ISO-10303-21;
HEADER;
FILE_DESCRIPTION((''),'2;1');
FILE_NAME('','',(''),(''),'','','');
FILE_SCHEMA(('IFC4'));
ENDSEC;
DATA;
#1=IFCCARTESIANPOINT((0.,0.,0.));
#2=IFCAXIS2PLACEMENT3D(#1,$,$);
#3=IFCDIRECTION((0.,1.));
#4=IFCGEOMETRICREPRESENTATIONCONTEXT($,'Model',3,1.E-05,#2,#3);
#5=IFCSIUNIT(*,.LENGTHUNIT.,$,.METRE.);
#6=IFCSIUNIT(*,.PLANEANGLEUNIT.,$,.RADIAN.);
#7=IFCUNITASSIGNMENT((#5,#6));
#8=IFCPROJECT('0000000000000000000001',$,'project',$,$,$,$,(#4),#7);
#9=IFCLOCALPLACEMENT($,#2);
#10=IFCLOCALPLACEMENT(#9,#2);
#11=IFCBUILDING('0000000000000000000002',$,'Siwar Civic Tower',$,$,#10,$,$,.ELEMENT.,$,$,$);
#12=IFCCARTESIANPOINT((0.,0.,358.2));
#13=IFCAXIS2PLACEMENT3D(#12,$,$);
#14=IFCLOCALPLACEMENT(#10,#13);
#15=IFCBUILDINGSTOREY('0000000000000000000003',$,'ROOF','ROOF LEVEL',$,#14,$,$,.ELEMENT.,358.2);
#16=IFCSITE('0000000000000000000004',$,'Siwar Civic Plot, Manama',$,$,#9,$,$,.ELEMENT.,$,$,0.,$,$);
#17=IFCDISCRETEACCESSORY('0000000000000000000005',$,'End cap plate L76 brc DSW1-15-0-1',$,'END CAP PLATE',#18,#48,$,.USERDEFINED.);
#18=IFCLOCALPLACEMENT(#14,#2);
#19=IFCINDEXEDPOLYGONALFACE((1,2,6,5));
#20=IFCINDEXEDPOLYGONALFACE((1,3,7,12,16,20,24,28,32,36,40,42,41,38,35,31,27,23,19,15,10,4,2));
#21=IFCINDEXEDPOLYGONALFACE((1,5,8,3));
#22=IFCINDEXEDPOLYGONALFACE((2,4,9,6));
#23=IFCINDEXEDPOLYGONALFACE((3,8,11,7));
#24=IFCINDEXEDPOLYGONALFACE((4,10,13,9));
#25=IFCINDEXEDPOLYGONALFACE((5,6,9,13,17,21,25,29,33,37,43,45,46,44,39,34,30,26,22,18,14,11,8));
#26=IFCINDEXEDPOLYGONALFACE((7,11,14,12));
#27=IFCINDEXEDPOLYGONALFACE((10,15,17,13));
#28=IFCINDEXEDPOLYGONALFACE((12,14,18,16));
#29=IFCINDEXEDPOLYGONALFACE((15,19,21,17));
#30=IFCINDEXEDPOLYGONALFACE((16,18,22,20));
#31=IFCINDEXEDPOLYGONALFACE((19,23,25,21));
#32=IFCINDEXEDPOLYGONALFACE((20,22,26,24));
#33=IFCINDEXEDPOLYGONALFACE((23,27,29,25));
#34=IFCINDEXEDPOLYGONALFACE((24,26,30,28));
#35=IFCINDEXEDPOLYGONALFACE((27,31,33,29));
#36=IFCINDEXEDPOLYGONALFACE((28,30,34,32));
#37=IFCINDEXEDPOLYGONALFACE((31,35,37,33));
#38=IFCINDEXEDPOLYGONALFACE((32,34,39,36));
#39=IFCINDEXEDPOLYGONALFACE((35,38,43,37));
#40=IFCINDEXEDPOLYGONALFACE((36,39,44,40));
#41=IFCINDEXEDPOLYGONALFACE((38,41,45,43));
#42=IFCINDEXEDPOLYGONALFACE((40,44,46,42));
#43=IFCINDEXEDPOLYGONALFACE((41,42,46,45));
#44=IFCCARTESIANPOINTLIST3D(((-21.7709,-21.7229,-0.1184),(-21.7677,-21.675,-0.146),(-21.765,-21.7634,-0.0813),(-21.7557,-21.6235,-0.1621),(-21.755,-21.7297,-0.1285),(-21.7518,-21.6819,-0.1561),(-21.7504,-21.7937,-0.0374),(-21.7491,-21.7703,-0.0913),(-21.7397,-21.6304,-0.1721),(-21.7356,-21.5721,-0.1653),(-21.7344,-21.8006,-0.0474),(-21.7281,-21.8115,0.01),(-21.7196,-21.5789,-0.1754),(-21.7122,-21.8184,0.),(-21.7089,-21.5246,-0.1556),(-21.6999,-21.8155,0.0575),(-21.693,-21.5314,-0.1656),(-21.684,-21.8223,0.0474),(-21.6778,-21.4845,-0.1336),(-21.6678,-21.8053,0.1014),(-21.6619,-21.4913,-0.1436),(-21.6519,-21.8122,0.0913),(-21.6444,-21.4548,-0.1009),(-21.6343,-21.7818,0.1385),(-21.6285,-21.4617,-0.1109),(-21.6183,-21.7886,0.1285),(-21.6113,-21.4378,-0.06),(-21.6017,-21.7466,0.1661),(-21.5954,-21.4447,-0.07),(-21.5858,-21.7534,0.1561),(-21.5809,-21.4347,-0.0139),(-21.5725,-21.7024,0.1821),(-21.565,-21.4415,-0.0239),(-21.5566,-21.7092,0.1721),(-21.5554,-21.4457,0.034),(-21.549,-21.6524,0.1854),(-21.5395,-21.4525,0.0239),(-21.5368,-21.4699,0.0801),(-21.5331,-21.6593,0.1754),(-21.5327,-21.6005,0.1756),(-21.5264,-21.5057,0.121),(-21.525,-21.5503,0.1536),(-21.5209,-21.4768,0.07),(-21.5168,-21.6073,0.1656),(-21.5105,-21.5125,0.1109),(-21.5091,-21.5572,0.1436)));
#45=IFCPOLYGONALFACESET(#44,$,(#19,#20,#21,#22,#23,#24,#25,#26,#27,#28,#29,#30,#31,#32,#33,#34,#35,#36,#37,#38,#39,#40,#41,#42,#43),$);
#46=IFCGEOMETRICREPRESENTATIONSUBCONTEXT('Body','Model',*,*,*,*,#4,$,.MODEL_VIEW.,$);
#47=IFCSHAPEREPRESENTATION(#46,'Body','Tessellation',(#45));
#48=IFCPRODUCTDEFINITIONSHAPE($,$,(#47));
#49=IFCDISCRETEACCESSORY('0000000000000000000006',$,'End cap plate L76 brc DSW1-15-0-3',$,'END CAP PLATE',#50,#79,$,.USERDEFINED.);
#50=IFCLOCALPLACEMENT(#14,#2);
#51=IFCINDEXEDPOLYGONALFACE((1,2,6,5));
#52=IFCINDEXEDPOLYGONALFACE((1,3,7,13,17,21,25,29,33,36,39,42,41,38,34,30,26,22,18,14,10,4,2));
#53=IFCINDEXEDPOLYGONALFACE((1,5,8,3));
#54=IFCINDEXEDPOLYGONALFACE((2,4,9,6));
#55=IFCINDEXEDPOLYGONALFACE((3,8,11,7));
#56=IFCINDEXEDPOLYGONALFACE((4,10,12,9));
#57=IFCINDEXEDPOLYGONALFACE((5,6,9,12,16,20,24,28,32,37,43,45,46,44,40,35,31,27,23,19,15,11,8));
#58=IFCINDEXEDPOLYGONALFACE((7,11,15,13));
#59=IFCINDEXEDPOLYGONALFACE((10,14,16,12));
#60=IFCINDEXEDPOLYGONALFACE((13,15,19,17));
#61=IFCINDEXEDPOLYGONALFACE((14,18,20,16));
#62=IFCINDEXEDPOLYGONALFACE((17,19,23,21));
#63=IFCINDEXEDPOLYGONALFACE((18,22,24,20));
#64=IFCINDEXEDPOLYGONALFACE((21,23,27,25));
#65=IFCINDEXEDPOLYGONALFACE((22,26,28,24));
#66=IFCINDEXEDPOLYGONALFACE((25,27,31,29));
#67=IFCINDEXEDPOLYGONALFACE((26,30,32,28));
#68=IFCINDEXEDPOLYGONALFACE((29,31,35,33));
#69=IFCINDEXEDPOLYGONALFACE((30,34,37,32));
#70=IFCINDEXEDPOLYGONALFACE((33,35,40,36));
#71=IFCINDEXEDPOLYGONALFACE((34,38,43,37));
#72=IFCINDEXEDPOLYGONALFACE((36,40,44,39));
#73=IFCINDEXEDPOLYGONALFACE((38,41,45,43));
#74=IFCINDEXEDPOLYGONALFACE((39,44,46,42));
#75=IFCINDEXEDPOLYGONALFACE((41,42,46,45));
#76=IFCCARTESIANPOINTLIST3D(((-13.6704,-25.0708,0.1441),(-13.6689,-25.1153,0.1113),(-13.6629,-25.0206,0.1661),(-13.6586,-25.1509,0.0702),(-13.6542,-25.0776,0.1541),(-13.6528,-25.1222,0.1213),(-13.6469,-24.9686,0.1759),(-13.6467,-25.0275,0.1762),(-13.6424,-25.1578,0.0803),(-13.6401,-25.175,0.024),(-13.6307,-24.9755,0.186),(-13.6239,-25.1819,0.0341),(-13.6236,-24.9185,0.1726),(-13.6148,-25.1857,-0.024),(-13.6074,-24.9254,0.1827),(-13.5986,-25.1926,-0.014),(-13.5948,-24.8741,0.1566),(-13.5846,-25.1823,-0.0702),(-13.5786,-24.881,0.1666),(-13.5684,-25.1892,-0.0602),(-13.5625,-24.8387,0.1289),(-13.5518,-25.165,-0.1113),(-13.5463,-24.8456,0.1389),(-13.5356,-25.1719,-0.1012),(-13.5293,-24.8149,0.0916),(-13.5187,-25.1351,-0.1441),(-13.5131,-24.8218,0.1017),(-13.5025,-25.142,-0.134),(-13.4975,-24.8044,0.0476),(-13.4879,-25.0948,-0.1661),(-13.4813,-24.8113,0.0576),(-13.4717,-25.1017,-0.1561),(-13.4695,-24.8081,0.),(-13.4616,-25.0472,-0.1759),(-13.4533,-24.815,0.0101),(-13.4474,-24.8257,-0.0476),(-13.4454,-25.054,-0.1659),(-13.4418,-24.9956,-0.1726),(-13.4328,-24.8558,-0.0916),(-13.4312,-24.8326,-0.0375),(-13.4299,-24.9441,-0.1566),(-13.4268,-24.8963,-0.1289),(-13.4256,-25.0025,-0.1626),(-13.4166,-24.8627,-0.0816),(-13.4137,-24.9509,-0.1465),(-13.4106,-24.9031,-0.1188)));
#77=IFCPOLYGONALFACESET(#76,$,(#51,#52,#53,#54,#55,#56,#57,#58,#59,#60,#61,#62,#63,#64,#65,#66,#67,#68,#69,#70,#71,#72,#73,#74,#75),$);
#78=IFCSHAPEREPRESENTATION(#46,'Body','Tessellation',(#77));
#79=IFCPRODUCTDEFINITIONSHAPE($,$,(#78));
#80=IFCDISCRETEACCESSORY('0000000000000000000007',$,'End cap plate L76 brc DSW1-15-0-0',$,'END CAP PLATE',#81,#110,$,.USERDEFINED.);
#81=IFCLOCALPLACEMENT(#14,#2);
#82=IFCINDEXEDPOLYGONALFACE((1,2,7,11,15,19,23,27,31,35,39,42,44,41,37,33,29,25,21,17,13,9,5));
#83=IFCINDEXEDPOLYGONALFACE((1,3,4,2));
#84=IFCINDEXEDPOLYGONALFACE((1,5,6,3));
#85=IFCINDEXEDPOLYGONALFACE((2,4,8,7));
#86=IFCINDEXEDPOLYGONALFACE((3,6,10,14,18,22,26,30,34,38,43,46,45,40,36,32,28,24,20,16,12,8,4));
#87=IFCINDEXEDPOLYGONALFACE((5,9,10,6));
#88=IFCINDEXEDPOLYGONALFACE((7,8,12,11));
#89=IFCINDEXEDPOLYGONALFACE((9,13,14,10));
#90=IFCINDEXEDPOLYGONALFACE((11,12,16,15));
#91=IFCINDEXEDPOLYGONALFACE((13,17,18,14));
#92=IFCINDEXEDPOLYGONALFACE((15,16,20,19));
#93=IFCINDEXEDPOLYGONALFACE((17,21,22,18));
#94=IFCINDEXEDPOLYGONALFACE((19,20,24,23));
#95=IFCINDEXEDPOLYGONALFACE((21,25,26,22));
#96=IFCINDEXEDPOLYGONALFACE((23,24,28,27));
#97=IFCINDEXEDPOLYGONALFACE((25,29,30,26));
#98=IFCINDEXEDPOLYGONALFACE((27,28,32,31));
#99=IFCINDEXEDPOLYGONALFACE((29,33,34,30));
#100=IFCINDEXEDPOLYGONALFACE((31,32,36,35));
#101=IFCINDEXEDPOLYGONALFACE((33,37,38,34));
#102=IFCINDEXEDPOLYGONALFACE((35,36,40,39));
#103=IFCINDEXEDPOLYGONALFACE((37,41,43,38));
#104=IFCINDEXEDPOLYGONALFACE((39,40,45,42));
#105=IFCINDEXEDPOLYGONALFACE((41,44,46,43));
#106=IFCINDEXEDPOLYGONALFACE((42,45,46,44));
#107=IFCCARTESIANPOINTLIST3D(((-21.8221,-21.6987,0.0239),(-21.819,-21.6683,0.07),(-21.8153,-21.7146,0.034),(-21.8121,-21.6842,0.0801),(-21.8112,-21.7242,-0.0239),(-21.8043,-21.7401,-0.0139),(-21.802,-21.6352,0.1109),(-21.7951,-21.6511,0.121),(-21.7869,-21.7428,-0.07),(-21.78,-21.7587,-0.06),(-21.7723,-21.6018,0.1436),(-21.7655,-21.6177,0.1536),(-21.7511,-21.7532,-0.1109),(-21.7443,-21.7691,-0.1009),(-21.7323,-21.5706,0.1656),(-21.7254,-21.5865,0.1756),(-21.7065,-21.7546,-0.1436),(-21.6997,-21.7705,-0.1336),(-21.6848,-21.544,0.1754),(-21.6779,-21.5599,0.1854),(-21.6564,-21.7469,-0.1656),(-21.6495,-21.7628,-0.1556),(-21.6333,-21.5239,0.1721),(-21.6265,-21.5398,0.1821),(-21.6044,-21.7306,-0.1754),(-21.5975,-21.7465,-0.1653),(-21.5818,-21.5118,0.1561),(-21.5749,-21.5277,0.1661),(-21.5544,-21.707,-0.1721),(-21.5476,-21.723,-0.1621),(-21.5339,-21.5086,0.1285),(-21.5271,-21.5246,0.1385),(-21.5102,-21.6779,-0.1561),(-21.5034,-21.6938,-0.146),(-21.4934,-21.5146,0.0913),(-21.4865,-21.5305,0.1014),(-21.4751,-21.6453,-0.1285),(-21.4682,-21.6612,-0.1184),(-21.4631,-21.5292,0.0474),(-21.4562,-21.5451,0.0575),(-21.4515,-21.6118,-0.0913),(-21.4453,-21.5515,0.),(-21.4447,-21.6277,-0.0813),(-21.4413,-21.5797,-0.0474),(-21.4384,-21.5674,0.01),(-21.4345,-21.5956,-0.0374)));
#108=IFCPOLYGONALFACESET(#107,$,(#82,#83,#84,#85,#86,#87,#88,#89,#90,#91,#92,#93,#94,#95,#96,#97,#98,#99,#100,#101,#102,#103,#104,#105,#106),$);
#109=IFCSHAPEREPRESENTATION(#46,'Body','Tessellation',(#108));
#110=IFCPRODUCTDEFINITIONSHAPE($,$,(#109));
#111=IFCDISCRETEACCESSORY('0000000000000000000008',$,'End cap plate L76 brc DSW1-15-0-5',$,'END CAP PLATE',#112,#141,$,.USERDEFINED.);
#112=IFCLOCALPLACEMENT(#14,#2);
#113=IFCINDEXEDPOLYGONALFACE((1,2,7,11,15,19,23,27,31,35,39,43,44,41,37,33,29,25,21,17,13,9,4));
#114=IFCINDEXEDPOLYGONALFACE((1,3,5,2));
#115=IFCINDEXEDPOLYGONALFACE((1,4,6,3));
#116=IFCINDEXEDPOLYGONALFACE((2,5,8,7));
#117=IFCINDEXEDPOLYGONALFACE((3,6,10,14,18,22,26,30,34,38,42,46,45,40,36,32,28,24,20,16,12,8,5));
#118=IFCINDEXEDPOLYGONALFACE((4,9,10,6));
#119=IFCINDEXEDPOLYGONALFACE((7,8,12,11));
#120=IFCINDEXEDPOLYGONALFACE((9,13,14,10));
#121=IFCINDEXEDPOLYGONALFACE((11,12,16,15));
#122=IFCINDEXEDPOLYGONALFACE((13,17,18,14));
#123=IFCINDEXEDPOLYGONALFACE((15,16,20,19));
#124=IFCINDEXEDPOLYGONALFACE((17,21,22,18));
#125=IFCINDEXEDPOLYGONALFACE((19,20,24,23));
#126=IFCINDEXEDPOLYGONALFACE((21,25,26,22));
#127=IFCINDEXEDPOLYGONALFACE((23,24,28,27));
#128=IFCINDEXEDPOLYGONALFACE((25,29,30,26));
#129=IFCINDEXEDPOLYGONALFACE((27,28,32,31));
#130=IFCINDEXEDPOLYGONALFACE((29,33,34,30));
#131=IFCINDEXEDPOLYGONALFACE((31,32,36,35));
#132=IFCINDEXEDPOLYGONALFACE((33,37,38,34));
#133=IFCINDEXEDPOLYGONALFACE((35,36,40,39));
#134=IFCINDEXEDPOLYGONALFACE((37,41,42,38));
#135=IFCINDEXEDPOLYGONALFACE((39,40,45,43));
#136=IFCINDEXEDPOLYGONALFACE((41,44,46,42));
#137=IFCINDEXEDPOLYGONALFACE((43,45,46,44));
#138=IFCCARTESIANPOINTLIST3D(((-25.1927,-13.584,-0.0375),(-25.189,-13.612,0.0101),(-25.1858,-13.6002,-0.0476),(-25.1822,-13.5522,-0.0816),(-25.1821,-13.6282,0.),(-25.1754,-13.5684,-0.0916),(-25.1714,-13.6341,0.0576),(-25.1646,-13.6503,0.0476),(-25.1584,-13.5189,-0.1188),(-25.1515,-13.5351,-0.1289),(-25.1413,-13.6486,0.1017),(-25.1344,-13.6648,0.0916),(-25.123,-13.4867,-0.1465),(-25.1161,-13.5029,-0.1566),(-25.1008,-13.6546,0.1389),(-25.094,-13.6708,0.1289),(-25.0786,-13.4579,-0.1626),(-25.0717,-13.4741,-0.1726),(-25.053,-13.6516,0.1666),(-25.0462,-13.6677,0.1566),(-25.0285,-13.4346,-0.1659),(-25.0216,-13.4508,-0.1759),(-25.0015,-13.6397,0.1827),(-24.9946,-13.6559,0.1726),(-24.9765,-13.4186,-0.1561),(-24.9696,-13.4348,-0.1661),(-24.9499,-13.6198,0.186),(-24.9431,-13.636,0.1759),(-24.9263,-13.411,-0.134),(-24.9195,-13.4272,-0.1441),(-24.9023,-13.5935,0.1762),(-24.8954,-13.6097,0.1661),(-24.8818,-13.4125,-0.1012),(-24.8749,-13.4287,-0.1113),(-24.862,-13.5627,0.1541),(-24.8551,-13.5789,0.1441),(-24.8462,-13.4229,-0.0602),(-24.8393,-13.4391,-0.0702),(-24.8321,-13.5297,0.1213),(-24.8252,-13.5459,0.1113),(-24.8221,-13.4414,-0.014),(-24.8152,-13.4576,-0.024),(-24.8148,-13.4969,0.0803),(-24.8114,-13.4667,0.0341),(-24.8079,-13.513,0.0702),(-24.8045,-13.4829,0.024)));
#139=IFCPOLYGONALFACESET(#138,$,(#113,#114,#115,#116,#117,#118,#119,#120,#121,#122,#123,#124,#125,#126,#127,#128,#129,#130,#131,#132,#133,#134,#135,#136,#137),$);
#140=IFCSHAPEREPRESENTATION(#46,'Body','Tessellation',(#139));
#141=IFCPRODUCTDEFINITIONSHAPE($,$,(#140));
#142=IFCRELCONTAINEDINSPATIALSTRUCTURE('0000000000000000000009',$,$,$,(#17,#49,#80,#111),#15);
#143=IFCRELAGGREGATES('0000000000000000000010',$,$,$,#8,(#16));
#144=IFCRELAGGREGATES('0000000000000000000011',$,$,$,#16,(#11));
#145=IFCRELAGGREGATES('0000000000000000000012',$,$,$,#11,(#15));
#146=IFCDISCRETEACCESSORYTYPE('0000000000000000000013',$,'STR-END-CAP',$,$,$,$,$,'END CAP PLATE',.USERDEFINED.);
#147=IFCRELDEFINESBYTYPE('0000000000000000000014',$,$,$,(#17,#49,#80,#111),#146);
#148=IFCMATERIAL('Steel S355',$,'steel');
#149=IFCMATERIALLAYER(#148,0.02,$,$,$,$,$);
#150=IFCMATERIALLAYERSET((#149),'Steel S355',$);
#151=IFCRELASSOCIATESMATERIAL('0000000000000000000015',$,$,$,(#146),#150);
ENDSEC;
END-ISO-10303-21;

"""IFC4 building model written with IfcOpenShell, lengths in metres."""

from ifc_helpers import new_model, si_unit, direction, frame, origin, origin_2d, place, context, subcontext, project, spatial, circle, extrude, material, layer, layer_set, type_object, element, save


model = new_model("IFC4")

# Units and contexts
model_context = context("Model", 3, precision=1e-05, world=origin(), true_north=direction((0.0, 1.0)))
body_context = subcontext(model_context, "Body", "Model", "MODEL_VIEW")
ifc_project = project(units=[si_unit("LENGTHUNIT", "METRE"), si_unit("PLANEANGLEUNIT", "RADIAN")], contexts=[model_context])

# Site, building, storey
site_placement = place(None, origin())
site = spatial("IfcSite", under=ifc_project, at=site_placement, Name="Siwar Civic Plot, Manama", CompositionType="ELEMENT", RefElevation=0.0)
building_placement = place(site_placement, origin())
building = spatial("IfcBuilding", under=site, at=building_placement, Name="Siwar Civic Tower", CompositionType="ELEMENT")
storey_placement = place(building_placement, frame((0.0, 0.0, 358.2)))
storey = spatial("IfcBuildingStorey", under=building, at=storey_placement, Name="ROOF", Description="ROOF LEVEL", CompositionType="ELEMENT", Elevation=358.2)

# Discrete accessories
ifc_material_1 = material(Name="Steel S355", Category="steel")
ifc_layer_1 = layer(ifc_material_1, 0.02)
ifc_layer_set_1 = layer_set([ifc_layer_1], Name="Steel S355")
discrete_accessory_type = type_object("IfcDiscreteAccessoryType", Name="STR-END-CAP", ElementType="END CAP PLATE", PredefinedType="USERDEFINED", material=ifc_layer_set_1)
discrete_accessory_1_placement = place(storey_placement, frame((-21.6318, -21.6318, 0.0), z_axis=(-0.794695, 0.34233, 0.501269), x_axis=(-0.395624, -0.918413, 0.0)))
element("IfcDiscreteAccessory", 1, at=discrete_accessory_1_placement, inside=storey, type_object=discrete_accessory_type, Name="End cap plate L76 brc DSW1-15-0-1", ObjectType="END CAP PLATE", PredefinedType="USERDEFINED", context=body_context, shape_type="SweptSolid", body=[
    extrude(circle(Radius=0.2031, at=origin_2d()), origin(), (0.0, 0.0, 1.0), 0.02),
])
discrete_accessory_2_placement = place(storey_placement, frame((-13.5488, -24.9951, 0.0), z_axis=(0.799135, -0.339027, 0.496432), x_axis=(0.39055, 0.920582, 0.0)))
element("IfcDiscreteAccessory", 2, at=discrete_accessory_2_placement, inside=storey, type_object=discrete_accessory_type, Name="End cap plate L76 brc DSW1-15-0-3", ObjectType="END CAP PLATE", PredefinedType="USERDEFINED", context=body_context, shape_type="SweptSolid", body=[
    extrude(circle(Radius=0.2031, at=origin_2d()), origin(), (0.0, 0.0, 1.0), 0.0203),
])
discrete_accessory_3_placement = place(storey_placement, frame((-21.6318, -21.6318, 0.0), z_axis=(0.34233, -0.794695, 0.501269), x_axis=(0.918413, 0.395624, 0.0)))
element("IfcDiscreteAccessory", 3, at=discrete_accessory_3_placement, inside=storey, type_object=discrete_accessory_type, Name="End cap plate L76 brc DSW1-15-0-0", ObjectType="END CAP PLATE", PredefinedType="USERDEFINED", context=body_context, shape_type="SweptSolid", body=[
    extrude(circle(Radius=0.2031, at=origin_2d()), origin(), (0.0, 0.0, 1.0), 0.02),
])
discrete_accessory_4_placement = place(storey_placement, frame((-24.9951, -13.5488, 0.0), z_axis=(-0.339027, 0.799135, 0.496432), x_axis=(-0.920582, -0.39055, 0.0)))
element("IfcDiscreteAccessory", 4, at=discrete_accessory_4_placement, inside=storey, type_object=discrete_accessory_type, Name="End cap plate L76 brc DSW1-15-0-5", ObjectType="END CAP PLATE", PredefinedType="USERDEFINED", context=body_context, shape_type="SweptSolid", body=[
    extrude(circle(Radius=0.2031, at=origin_2d()), origin(), (0.0, 0.0, 1.0), 0.0203),
])

save(model, "model.ifc")
